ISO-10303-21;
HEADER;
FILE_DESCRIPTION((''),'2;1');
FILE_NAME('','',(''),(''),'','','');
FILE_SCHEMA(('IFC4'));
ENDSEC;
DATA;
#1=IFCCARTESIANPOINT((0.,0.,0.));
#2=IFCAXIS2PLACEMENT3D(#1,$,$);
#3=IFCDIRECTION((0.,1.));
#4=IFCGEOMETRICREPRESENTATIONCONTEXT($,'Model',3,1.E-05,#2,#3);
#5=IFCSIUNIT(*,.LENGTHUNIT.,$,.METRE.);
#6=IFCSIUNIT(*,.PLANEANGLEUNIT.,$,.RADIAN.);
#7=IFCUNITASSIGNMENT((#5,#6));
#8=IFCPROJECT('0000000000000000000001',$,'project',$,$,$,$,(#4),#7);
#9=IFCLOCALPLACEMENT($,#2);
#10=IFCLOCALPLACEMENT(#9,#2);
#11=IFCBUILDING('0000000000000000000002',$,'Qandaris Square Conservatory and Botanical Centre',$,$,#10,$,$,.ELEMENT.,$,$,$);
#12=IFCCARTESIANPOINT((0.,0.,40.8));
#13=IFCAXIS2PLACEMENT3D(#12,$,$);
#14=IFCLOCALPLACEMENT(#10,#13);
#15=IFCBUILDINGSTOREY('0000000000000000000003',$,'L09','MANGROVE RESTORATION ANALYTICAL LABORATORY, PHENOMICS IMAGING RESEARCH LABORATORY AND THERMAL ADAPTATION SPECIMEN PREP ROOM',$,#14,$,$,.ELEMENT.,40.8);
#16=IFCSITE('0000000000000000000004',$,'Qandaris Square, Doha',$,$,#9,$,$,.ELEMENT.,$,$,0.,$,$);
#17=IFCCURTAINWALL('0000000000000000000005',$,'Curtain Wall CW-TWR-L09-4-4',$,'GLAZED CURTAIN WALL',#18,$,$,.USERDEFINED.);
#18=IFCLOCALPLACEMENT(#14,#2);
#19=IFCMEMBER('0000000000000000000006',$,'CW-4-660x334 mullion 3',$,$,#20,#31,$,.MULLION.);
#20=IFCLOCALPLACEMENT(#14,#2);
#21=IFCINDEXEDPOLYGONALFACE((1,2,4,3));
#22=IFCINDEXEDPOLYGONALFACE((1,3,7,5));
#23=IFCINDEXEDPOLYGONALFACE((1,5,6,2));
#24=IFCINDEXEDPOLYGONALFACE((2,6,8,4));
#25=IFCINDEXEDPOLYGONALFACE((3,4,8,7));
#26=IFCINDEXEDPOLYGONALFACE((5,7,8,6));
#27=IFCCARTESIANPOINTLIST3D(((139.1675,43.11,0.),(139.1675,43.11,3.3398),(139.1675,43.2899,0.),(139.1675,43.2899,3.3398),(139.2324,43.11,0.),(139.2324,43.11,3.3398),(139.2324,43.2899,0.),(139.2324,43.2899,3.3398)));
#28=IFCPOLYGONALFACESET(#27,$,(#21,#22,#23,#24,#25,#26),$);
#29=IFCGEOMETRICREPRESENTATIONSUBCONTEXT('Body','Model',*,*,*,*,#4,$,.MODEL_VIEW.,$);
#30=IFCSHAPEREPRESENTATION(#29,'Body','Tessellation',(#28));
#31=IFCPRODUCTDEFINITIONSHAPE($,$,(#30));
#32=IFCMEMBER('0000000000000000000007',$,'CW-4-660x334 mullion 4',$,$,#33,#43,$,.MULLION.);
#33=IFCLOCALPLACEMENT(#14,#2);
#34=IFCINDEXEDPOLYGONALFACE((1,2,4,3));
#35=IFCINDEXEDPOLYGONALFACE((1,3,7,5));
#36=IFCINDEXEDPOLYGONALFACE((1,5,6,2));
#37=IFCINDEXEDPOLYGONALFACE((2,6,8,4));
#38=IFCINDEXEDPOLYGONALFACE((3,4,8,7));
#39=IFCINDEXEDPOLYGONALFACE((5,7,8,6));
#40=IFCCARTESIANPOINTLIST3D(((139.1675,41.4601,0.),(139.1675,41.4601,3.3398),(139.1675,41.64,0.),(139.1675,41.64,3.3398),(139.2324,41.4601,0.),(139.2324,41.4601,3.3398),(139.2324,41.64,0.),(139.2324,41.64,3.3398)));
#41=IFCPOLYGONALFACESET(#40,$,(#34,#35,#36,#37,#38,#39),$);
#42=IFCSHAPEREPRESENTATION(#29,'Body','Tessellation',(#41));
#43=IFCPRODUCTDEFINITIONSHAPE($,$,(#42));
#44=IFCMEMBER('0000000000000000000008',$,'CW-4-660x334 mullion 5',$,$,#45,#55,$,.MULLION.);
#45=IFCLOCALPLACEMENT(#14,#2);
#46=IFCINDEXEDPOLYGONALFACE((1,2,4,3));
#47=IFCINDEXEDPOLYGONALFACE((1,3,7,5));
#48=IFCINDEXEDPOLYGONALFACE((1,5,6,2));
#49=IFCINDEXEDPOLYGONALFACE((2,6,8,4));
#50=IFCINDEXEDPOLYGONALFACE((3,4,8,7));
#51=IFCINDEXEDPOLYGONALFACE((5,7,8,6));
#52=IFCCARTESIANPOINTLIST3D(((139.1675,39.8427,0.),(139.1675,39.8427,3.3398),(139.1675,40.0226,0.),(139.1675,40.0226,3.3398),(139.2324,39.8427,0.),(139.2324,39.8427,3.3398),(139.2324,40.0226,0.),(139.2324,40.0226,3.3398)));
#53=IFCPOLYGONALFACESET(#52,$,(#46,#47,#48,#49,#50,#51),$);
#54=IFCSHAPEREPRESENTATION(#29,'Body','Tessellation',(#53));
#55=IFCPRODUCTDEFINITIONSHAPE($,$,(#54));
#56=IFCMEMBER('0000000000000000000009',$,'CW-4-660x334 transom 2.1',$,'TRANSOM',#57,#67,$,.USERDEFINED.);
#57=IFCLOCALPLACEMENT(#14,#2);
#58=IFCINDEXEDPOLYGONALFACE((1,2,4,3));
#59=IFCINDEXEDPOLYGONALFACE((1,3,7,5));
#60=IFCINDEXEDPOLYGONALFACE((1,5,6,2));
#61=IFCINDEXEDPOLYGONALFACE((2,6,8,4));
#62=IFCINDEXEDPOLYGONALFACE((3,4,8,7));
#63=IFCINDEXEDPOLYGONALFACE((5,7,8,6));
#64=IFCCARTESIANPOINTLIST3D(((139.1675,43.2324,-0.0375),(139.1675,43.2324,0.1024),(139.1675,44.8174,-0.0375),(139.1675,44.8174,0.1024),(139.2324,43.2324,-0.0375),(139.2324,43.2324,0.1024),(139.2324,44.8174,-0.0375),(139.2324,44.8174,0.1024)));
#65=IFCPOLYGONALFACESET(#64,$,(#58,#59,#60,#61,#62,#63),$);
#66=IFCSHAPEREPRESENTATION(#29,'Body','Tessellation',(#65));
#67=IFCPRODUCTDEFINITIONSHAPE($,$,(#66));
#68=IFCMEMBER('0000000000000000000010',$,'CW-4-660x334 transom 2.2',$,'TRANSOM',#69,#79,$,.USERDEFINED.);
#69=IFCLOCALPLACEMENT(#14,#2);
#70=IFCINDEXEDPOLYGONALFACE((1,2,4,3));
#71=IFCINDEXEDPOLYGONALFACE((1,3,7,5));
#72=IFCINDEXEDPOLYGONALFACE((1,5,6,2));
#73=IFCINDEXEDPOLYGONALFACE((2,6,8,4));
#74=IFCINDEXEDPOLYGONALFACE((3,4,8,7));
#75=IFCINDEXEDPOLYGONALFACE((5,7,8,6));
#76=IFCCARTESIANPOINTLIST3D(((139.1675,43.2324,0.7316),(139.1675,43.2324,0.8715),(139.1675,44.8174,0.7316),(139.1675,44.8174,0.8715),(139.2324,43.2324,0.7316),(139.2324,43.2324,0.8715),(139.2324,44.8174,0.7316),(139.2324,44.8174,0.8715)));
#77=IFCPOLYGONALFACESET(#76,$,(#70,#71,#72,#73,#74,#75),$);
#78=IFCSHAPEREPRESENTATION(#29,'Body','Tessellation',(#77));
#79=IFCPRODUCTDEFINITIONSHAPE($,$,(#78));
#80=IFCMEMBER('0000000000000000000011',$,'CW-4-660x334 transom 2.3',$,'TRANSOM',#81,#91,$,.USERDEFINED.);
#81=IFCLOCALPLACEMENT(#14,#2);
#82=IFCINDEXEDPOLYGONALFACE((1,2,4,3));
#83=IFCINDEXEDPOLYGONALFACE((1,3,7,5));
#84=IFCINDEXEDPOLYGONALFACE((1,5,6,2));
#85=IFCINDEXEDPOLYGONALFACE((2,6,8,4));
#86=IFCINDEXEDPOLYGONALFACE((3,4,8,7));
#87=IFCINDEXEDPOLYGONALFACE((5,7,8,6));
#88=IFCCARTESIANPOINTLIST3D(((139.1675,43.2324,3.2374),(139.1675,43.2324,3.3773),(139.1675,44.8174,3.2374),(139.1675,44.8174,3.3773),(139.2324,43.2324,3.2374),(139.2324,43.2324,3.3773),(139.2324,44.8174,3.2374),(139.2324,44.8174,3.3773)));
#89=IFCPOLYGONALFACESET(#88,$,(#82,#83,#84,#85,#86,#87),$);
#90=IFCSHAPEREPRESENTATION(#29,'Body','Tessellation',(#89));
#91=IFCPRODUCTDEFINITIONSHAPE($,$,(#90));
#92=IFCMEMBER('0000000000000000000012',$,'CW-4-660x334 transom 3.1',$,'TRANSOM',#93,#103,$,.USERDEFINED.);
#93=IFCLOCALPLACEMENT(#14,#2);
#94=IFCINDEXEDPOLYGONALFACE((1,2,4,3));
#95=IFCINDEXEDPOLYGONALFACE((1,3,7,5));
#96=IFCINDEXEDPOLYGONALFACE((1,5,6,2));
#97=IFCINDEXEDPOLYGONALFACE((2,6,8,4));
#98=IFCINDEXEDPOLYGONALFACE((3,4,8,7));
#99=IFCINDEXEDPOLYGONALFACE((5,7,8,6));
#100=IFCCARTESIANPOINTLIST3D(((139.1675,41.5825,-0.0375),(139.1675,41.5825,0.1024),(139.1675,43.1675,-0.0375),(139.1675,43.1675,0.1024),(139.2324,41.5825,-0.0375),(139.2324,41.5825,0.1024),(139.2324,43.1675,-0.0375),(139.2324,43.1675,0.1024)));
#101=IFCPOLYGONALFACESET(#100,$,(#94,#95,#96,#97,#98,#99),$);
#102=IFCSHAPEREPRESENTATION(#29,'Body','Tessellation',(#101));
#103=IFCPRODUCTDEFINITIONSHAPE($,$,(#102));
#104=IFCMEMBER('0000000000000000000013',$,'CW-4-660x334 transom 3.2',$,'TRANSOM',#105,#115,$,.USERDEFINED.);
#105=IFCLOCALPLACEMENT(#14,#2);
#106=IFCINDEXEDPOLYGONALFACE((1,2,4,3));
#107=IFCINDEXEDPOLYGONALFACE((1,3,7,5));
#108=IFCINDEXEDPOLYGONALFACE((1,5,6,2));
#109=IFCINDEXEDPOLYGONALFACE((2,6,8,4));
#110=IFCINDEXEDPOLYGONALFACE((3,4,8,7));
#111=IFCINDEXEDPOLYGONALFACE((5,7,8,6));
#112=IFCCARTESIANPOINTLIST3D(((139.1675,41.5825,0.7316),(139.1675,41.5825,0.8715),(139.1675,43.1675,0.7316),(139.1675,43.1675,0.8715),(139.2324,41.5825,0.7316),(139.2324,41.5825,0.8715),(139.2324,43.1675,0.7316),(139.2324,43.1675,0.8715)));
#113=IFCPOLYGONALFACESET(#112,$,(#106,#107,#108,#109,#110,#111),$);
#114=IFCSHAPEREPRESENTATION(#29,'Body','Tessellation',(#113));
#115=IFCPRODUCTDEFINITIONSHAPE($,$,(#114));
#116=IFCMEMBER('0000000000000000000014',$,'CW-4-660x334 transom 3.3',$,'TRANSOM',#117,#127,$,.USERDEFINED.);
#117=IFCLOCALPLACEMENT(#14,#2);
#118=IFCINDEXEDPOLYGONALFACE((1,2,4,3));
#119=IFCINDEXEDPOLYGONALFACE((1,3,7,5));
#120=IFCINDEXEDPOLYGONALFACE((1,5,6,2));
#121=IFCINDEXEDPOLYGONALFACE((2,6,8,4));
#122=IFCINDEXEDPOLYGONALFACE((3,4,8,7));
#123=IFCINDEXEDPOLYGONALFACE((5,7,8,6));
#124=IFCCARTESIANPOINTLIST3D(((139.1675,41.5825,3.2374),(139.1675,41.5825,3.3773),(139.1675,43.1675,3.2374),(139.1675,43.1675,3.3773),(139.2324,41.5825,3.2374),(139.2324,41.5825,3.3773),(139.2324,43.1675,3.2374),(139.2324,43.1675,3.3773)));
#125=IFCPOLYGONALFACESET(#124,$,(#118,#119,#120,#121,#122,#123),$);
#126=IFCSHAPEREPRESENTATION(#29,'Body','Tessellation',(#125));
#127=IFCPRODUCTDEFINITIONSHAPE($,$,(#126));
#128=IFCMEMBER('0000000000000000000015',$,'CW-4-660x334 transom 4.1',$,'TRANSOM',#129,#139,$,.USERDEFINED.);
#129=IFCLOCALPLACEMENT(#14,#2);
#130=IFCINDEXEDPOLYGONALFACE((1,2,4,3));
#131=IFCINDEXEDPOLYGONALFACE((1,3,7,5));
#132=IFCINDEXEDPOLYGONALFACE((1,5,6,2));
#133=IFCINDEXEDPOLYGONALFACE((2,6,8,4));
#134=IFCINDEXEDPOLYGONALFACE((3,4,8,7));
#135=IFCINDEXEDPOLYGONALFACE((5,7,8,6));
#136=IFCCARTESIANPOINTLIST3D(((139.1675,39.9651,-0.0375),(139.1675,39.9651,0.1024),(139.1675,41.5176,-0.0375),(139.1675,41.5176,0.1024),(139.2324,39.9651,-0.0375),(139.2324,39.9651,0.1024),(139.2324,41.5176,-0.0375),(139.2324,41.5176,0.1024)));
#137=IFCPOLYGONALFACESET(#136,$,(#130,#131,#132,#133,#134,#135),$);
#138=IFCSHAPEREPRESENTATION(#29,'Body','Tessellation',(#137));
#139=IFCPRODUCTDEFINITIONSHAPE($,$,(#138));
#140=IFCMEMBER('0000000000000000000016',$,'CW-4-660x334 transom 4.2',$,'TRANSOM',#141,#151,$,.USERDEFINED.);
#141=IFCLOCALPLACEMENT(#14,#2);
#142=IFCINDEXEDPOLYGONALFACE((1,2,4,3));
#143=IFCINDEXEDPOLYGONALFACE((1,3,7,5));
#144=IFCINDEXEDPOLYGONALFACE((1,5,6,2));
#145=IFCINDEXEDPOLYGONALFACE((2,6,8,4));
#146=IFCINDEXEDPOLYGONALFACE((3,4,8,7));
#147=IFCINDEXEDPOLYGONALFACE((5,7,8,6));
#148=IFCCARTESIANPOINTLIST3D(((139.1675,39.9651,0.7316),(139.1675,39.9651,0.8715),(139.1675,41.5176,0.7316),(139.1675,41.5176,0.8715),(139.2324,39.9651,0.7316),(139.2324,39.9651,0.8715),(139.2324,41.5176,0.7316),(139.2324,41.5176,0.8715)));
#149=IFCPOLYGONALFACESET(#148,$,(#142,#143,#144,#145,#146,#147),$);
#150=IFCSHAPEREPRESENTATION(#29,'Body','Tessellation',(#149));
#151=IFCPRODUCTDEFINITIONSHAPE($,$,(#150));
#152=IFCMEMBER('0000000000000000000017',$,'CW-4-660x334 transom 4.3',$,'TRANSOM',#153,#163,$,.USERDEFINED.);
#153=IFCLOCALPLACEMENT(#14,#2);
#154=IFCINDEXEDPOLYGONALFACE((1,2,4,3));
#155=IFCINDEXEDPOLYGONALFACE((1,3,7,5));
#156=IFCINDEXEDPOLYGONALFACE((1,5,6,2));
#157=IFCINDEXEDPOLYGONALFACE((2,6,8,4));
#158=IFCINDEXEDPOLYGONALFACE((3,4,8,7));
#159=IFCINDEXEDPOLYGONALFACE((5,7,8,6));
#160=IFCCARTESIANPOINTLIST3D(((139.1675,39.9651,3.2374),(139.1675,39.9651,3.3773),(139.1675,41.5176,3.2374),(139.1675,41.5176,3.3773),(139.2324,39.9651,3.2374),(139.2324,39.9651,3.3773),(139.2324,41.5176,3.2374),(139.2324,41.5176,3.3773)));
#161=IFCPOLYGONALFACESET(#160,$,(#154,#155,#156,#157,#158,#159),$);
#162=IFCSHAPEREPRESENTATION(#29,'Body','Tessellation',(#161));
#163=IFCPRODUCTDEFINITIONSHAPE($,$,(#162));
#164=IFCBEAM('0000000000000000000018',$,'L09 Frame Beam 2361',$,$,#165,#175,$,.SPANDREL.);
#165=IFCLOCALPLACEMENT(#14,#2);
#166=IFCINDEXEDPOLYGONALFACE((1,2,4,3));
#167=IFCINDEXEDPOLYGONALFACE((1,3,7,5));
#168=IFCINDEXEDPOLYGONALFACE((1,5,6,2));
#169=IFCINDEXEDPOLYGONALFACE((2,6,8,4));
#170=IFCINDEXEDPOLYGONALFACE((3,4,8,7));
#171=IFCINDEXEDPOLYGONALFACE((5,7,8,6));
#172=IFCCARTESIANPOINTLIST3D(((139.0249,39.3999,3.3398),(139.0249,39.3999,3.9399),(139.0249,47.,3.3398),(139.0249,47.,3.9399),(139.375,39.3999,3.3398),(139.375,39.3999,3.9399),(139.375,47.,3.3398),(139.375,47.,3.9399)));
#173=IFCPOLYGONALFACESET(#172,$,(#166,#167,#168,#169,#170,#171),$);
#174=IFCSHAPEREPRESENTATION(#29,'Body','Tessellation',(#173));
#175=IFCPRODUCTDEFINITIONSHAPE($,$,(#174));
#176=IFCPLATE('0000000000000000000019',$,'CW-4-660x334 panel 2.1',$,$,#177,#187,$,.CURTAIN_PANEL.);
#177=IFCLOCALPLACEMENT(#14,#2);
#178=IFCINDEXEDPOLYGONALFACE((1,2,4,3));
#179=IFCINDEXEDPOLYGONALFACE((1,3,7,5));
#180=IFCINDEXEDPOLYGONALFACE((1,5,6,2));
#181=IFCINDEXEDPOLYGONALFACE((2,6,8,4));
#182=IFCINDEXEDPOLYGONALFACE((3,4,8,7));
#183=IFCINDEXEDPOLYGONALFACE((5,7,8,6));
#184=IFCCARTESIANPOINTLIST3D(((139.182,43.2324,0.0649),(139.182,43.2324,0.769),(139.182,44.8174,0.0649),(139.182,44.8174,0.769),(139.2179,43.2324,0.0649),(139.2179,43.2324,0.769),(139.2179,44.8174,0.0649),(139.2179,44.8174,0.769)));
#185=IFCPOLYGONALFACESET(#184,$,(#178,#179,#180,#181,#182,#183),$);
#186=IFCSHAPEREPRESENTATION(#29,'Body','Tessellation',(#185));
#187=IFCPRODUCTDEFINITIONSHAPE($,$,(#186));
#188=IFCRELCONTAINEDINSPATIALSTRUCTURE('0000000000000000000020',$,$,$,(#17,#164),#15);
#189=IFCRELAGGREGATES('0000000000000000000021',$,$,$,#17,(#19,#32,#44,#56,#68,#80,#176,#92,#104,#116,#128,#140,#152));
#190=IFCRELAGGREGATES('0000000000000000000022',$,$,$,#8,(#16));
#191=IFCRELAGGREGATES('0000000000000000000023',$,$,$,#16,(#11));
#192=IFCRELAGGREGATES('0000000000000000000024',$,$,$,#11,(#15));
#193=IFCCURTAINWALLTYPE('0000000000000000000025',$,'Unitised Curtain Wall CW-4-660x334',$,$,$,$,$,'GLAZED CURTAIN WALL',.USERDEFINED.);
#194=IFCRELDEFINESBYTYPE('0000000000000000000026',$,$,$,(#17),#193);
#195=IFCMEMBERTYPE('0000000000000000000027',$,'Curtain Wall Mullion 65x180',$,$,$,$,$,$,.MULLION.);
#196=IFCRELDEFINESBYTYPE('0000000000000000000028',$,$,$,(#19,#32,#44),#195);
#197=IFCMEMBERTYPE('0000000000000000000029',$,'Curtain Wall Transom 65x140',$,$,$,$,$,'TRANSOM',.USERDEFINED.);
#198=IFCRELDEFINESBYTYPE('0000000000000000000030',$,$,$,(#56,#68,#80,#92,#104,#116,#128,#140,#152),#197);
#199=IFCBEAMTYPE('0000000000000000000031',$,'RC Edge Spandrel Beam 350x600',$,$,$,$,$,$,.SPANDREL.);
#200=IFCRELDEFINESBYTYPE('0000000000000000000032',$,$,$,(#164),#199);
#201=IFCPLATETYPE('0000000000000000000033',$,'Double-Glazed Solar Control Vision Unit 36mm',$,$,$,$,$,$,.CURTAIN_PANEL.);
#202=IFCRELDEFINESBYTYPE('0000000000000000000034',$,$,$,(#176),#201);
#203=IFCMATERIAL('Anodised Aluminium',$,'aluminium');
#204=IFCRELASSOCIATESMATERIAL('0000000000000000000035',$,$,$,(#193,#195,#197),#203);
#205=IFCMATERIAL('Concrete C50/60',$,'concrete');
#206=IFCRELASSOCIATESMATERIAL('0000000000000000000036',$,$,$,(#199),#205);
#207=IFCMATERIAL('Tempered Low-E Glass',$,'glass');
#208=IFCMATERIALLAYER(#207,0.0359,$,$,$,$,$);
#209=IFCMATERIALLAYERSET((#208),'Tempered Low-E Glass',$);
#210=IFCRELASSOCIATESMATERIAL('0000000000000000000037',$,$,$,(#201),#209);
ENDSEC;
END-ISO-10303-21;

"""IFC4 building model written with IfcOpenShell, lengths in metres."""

from ifc_helpers import new_model, si_unit, direction, frame, origin, origin_2d, place, context, subcontext, project, spatial, rectangle, extrude, material, layer, layer_set, material_profile, profile_set, type_object, element, aggregate, save


model = new_model("IFC4")

# Units and contexts
model_context = context("Model", 3, precision=1e-05, world=origin(), true_north=direction((0.0, 1.0)))
body_context = subcontext(model_context, "Body", "Model", "MODEL_VIEW")
ifc_project = project(units=[si_unit("LENGTHUNIT", "METRE"), si_unit("PLANEANGLEUNIT", "RADIAN")], contexts=[model_context])

# Site, building, storey
site_placement = place(None, origin())
site = spatial("IfcSite", under=ifc_project, at=site_placement, Name="Qandaris Square, Doha", CompositionType="ELEMENT", RefElevation=0.0)
building_placement = place(site_placement, origin())
building = spatial("IfcBuilding", under=site, at=building_placement, Name="Qandaris Square Conservatory and Botanical Centre", CompositionType="ELEMENT")
storey_placement = place(building_placement, frame((0.0, 0.0, 40.8)))
storey = spatial("IfcBuildingStorey", under=building, at=storey_placement, Name="L09", Description="MANGROVE RESTORATION ANALYTICAL LABORATORY, PHENOMICS IMAGING RESEARCH LABORATORY AND THERMAL ADAPTATION SPECIMEN PREP ROOM", CompositionType="ELEMENT", Elevation=40.8)

# Curtain wall, members
ifc_material_1 = material(Name="Anodised Aluminium", Category="aluminium")
curtain_wall_type = type_object("IfcCurtainWallType", Name="Unitised Curtain Wall CW-4-660x334", ElementType="GLAZED CURTAIN WALL", PredefinedType="USERDEFINED", material=ifc_material_1)
curtain_wall_placement = place(storey_placement, origin())
curtain_wall = element("IfcCurtainWall", 1, at=curtain_wall_placement, inside=storey, type_object=curtain_wall_type, Name="Curtain Wall CW-TWR-L09-4-4", ObjectType="GLAZED CURTAIN WALL", PredefinedType="USERDEFINED")
ifc_material_profile_1 = material_profile(ifc_material_1, rectangle(XDim=0.0649, YDim=0.1799, at=origin_2d()), Name="ALU-MUL 65x180")
ifc_profile_set_1 = profile_set([ifc_material_profile_1], Name="Anodised Aluminium")
member_type_1 = type_object("IfcMemberType", Name="Curtain Wall Mullion 65x180", PredefinedType="MULLION", material=ifc_profile_set_1)
member_1_placement = place(storey_placement, frame((139.2, 43.2, 0.0), z_axis=(0.0, 0.0, 1.0), x_axis=(1.0, 0.0, 0.0)))
member_1 = element("IfcMember", 2, at=member_1_placement, type_object=member_type_1, Name="CW-4-660x334 mullion 3", PredefinedType="MULLION", context=body_context, shape_type="SweptSolid", body=[
    extrude(rectangle(XDim=0.0649, YDim=0.1799, at=origin_2d()), origin(), (0.0, 0.0, 1.0), 3.3398),
])
member_2_placement = place(storey_placement, frame((139.2, 41.55, 0.0), z_axis=(0.0, 0.0, 1.0), x_axis=(1.0, 0.0, 0.0)))
member_2 = element("IfcMember", 3, at=member_2_placement, type_object=member_type_1, Name="CW-4-660x334 mullion 4", PredefinedType="MULLION", context=body_context, shape_type="SweptSolid", body=[
    extrude(rectangle(XDim=0.0649, YDim=0.1799, at=origin_2d()), origin(), (0.0, 0.0, 1.0), 3.3398),
])
member_3_placement = place(storey_placement, frame((139.2, 39.9326, 0.0), z_axis=(0.0, 0.0, 1.0), x_axis=(1.0, 0.0, 0.0)))
member_3 = element("IfcMember", 4, at=member_3_placement, type_object=member_type_1, Name="CW-4-660x334 mullion 5", PredefinedType="MULLION", context=body_context, shape_type="SweptSolid", body=[
    extrude(rectangle(XDim=0.0649, YDim=0.1799, at=origin_2d()), origin(), (0.0, 0.0, 1.0), 3.3398),
])
ifc_material_profile_2 = material_profile(ifc_material_1, rectangle(XDim=0.0649, YDim=0.1399, at=origin_2d()), Name="ALU-TRN 65x140")
ifc_profile_set_2 = profile_set([ifc_material_profile_2], Name="Anodised Aluminium")
member_type_2 = type_object("IfcMemberType", Name="Curtain Wall Transom 65x140", ElementType="TRANSOM", PredefinedType="USERDEFINED", material=ifc_profile_set_2)
member_4_placement = place(storey_placement, frame((139.2, 44.8174, 0.0325), z_axis=(0.0, -1.0, 0.0), x_axis=(1.0, 0.0, 0.0)))
member_4 = element("IfcMember", 5, at=member_4_placement, type_object=member_type_2, Name="CW-4-660x334 transom 2.1", ObjectType="TRANSOM", PredefinedType="USERDEFINED", context=body_context, shape_type="SweptSolid", body=[
    extrude(rectangle(XDim=0.0649, YDim=0.1399, at=origin_2d()), origin(), (0.0, 0.0, 1.0), 1.585),
])
member_5_placement = place(storey_placement, frame((139.2, 44.8174, 0.8015), z_axis=(0.0, -1.0, 0.0), x_axis=(1.0, 0.0, 0.0)))
member_5 = element("IfcMember", 6, at=member_5_placement, type_object=member_type_2, Name="CW-4-660x334 transom 2.2", ObjectType="TRANSOM", PredefinedType="USERDEFINED", context=body_context, shape_type="SweptSolid", body=[
    extrude(rectangle(XDim=0.0649, YDim=0.1399, at=origin_2d()), origin(), (0.0, 0.0, 1.0), 1.585),
])
member_6_placement = place(storey_placement, frame((139.2, 44.8174, 3.3074), z_axis=(0.0, -1.0, 0.0), x_axis=(1.0, 0.0, 0.0)))
member_6 = element("IfcMember", 7, at=member_6_placement, type_object=member_type_2, Name="CW-4-660x334 transom 2.3", ObjectType="TRANSOM", PredefinedType="USERDEFINED", context=body_context, shape_type="SweptSolid", body=[
    extrude(rectangle(XDim=0.0649, YDim=0.1399, at=origin_2d()), origin(), (0.0, 0.0, 1.0), 1.585),
])
member_7_placement = place(storey_placement, frame((139.2, 43.1675, 0.0325), z_axis=(0.0, -1.0, 0.0), x_axis=(1.0, 0.0, 0.0)))
member_7 = element("IfcMember", 8, at=member_7_placement, type_object=member_type_2, Name="CW-4-660x334 transom 3.1", ObjectType="TRANSOM", PredefinedType="USERDEFINED", context=body_context, shape_type="SweptSolid", body=[
    extrude(rectangle(XDim=0.0649, YDim=0.1399, at=origin_2d()), origin(), (0.0, 0.0, 1.0), 1.585),
])
member_8_placement = place(storey_placement, frame((139.2, 43.1675, 0.8015), z_axis=(0.0, -1.0, 0.0), x_axis=(1.0, 0.0, 0.0)))
member_8 = element("IfcMember", 9, at=member_8_placement, type_object=member_type_2, Name="CW-4-660x334 transom 3.2", ObjectType="TRANSOM", PredefinedType="USERDEFINED", context=body_context, shape_type="SweptSolid", body=[
    extrude(rectangle(XDim=0.0649, YDim=0.1399, at=origin_2d()), origin(), (0.0, 0.0, 1.0), 1.585),
])
member_9_placement = place(storey_placement, frame((139.2, 43.1675, 3.3074), z_axis=(0.0, -1.0, 0.0), x_axis=(1.0, 0.0, 0.0)))
member_9 = element("IfcMember", 10, at=member_9_placement, type_object=member_type_2, Name="CW-4-660x334 transom 3.3", ObjectType="TRANSOM", PredefinedType="USERDEFINED", context=body_context, shape_type="SweptSolid", body=[
    extrude(rectangle(XDim=0.0649, YDim=0.1399, at=origin_2d()), origin(), (0.0, 0.0, 1.0), 1.585),
])
member_10_placement = place(storey_placement, frame((139.2, 41.5176, 0.0325), z_axis=(0.0, -1.0, 0.0), x_axis=(1.0, 0.0, 0.0)))
member_10 = element("IfcMember", 11, at=member_10_placement, type_object=member_type_2, Name="CW-4-660x334 transom 4.1", ObjectType="TRANSOM", PredefinedType="USERDEFINED", context=body_context, shape_type="SweptSolid", body=[
    extrude(rectangle(XDim=0.0649, YDim=0.1399, at=origin_2d()), origin(), (0.0, 0.0, 1.0), 1.5525),
])
member_11_placement = place(storey_placement, frame((139.2, 41.5176, 0.8015), z_axis=(0.0, -1.0, 0.0), x_axis=(1.0, 0.0, 0.0)))
member_11 = element("IfcMember", 12, at=member_11_placement, type_object=member_type_2, Name="CW-4-660x334 transom 4.2", ObjectType="TRANSOM", PredefinedType="USERDEFINED", context=body_context, shape_type="SweptSolid", body=[
    extrude(rectangle(XDim=0.0649, YDim=0.1399, at=origin_2d()), origin(), (0.0, 0.0, 1.0), 1.5525),
])
member_12_placement = place(storey_placement, frame((139.2, 41.5176, 3.3074), z_axis=(0.0, -1.0, 0.0), x_axis=(1.0, 0.0, 0.0)))
member_12 = element("IfcMember", 13, at=member_12_placement, type_object=member_type_2, Name="CW-4-660x334 transom 4.3", ObjectType="TRANSOM", PredefinedType="USERDEFINED", context=body_context, shape_type="SweptSolid", body=[
    extrude(rectangle(XDim=0.0649, YDim=0.1399, at=origin_2d()), origin(), (0.0, 0.0, 1.0), 1.5525),
])

# Beam
ifc_material_2 = material(Name="Concrete C50/60", Category="concrete")
ifc_material_profile_3 = material_profile(ifc_material_2, rectangle(XDim=0.3501, YDim=0.6001, at=origin_2d()), Name="RC-SP 350x600")
ifc_profile_set_3 = profile_set([ifc_material_profile_3], Name="Concrete C50/60")
beam_type = type_object("IfcBeamType", Name="RC Edge Spandrel Beam 350x600", PredefinedType="SPANDREL", material=ifc_profile_set_3)
beam_placement = place(storey_placement, frame((139.2, 39.3999, 3.6399), z_axis=(0.0, 1.0, 0.0), x_axis=(-1.0, 0.0, 0.0)))
element("IfcBeam", 14, at=beam_placement, inside=storey, type_object=beam_type, Name="L09 Frame Beam 2361", PredefinedType="SPANDREL", context=body_context, shape_type="SweptSolid", body=[
    extrude(rectangle(XDim=0.3501, YDim=0.6001, at=origin_2d()), origin(), (0.0, 0.0, 1.0), 7.6001),
])

# Plate
ifc_material_3 = material(Name="Tempered Low-E Glass", Category="glass")
ifc_layer_1 = layer(ifc_material_3, 0.0359)
ifc_layer_set_1 = layer_set([ifc_layer_1], Name="Tempered Low-E Glass")
plate_type = type_object("IfcPlateType", Name="Double-Glazed Solar Control Vision Unit 36mm", PredefinedType="CURTAIN_PANEL", material=ifc_layer_set_1)
plate_1_placement = place(storey_placement, frame((139.2, 44.0249, 0.0649), z_axis=(0.0, 0.0, 1.0), x_axis=(0.0, -1.0, 0.0)))
plate_1 = element("IfcPlate", 15, at=plate_1_placement, type_object=plate_type, Name="CW-4-660x334 panel 2.1", PredefinedType="CURTAIN_PANEL", context=body_context, shape_type="SweptSolid", body=[
    extrude(rectangle(XDim=1.585, YDim=0.0359, at=origin_2d()), origin(), (0.0, 0.0, 1.0), 0.7041),
])
aggregate(curtain_wall, [member_1, member_2, member_3, member_4, member_5, member_6, plate_1, member_7, member_8, member_9, member_10, member_11, member_12])

save(model, "model.ifc")
